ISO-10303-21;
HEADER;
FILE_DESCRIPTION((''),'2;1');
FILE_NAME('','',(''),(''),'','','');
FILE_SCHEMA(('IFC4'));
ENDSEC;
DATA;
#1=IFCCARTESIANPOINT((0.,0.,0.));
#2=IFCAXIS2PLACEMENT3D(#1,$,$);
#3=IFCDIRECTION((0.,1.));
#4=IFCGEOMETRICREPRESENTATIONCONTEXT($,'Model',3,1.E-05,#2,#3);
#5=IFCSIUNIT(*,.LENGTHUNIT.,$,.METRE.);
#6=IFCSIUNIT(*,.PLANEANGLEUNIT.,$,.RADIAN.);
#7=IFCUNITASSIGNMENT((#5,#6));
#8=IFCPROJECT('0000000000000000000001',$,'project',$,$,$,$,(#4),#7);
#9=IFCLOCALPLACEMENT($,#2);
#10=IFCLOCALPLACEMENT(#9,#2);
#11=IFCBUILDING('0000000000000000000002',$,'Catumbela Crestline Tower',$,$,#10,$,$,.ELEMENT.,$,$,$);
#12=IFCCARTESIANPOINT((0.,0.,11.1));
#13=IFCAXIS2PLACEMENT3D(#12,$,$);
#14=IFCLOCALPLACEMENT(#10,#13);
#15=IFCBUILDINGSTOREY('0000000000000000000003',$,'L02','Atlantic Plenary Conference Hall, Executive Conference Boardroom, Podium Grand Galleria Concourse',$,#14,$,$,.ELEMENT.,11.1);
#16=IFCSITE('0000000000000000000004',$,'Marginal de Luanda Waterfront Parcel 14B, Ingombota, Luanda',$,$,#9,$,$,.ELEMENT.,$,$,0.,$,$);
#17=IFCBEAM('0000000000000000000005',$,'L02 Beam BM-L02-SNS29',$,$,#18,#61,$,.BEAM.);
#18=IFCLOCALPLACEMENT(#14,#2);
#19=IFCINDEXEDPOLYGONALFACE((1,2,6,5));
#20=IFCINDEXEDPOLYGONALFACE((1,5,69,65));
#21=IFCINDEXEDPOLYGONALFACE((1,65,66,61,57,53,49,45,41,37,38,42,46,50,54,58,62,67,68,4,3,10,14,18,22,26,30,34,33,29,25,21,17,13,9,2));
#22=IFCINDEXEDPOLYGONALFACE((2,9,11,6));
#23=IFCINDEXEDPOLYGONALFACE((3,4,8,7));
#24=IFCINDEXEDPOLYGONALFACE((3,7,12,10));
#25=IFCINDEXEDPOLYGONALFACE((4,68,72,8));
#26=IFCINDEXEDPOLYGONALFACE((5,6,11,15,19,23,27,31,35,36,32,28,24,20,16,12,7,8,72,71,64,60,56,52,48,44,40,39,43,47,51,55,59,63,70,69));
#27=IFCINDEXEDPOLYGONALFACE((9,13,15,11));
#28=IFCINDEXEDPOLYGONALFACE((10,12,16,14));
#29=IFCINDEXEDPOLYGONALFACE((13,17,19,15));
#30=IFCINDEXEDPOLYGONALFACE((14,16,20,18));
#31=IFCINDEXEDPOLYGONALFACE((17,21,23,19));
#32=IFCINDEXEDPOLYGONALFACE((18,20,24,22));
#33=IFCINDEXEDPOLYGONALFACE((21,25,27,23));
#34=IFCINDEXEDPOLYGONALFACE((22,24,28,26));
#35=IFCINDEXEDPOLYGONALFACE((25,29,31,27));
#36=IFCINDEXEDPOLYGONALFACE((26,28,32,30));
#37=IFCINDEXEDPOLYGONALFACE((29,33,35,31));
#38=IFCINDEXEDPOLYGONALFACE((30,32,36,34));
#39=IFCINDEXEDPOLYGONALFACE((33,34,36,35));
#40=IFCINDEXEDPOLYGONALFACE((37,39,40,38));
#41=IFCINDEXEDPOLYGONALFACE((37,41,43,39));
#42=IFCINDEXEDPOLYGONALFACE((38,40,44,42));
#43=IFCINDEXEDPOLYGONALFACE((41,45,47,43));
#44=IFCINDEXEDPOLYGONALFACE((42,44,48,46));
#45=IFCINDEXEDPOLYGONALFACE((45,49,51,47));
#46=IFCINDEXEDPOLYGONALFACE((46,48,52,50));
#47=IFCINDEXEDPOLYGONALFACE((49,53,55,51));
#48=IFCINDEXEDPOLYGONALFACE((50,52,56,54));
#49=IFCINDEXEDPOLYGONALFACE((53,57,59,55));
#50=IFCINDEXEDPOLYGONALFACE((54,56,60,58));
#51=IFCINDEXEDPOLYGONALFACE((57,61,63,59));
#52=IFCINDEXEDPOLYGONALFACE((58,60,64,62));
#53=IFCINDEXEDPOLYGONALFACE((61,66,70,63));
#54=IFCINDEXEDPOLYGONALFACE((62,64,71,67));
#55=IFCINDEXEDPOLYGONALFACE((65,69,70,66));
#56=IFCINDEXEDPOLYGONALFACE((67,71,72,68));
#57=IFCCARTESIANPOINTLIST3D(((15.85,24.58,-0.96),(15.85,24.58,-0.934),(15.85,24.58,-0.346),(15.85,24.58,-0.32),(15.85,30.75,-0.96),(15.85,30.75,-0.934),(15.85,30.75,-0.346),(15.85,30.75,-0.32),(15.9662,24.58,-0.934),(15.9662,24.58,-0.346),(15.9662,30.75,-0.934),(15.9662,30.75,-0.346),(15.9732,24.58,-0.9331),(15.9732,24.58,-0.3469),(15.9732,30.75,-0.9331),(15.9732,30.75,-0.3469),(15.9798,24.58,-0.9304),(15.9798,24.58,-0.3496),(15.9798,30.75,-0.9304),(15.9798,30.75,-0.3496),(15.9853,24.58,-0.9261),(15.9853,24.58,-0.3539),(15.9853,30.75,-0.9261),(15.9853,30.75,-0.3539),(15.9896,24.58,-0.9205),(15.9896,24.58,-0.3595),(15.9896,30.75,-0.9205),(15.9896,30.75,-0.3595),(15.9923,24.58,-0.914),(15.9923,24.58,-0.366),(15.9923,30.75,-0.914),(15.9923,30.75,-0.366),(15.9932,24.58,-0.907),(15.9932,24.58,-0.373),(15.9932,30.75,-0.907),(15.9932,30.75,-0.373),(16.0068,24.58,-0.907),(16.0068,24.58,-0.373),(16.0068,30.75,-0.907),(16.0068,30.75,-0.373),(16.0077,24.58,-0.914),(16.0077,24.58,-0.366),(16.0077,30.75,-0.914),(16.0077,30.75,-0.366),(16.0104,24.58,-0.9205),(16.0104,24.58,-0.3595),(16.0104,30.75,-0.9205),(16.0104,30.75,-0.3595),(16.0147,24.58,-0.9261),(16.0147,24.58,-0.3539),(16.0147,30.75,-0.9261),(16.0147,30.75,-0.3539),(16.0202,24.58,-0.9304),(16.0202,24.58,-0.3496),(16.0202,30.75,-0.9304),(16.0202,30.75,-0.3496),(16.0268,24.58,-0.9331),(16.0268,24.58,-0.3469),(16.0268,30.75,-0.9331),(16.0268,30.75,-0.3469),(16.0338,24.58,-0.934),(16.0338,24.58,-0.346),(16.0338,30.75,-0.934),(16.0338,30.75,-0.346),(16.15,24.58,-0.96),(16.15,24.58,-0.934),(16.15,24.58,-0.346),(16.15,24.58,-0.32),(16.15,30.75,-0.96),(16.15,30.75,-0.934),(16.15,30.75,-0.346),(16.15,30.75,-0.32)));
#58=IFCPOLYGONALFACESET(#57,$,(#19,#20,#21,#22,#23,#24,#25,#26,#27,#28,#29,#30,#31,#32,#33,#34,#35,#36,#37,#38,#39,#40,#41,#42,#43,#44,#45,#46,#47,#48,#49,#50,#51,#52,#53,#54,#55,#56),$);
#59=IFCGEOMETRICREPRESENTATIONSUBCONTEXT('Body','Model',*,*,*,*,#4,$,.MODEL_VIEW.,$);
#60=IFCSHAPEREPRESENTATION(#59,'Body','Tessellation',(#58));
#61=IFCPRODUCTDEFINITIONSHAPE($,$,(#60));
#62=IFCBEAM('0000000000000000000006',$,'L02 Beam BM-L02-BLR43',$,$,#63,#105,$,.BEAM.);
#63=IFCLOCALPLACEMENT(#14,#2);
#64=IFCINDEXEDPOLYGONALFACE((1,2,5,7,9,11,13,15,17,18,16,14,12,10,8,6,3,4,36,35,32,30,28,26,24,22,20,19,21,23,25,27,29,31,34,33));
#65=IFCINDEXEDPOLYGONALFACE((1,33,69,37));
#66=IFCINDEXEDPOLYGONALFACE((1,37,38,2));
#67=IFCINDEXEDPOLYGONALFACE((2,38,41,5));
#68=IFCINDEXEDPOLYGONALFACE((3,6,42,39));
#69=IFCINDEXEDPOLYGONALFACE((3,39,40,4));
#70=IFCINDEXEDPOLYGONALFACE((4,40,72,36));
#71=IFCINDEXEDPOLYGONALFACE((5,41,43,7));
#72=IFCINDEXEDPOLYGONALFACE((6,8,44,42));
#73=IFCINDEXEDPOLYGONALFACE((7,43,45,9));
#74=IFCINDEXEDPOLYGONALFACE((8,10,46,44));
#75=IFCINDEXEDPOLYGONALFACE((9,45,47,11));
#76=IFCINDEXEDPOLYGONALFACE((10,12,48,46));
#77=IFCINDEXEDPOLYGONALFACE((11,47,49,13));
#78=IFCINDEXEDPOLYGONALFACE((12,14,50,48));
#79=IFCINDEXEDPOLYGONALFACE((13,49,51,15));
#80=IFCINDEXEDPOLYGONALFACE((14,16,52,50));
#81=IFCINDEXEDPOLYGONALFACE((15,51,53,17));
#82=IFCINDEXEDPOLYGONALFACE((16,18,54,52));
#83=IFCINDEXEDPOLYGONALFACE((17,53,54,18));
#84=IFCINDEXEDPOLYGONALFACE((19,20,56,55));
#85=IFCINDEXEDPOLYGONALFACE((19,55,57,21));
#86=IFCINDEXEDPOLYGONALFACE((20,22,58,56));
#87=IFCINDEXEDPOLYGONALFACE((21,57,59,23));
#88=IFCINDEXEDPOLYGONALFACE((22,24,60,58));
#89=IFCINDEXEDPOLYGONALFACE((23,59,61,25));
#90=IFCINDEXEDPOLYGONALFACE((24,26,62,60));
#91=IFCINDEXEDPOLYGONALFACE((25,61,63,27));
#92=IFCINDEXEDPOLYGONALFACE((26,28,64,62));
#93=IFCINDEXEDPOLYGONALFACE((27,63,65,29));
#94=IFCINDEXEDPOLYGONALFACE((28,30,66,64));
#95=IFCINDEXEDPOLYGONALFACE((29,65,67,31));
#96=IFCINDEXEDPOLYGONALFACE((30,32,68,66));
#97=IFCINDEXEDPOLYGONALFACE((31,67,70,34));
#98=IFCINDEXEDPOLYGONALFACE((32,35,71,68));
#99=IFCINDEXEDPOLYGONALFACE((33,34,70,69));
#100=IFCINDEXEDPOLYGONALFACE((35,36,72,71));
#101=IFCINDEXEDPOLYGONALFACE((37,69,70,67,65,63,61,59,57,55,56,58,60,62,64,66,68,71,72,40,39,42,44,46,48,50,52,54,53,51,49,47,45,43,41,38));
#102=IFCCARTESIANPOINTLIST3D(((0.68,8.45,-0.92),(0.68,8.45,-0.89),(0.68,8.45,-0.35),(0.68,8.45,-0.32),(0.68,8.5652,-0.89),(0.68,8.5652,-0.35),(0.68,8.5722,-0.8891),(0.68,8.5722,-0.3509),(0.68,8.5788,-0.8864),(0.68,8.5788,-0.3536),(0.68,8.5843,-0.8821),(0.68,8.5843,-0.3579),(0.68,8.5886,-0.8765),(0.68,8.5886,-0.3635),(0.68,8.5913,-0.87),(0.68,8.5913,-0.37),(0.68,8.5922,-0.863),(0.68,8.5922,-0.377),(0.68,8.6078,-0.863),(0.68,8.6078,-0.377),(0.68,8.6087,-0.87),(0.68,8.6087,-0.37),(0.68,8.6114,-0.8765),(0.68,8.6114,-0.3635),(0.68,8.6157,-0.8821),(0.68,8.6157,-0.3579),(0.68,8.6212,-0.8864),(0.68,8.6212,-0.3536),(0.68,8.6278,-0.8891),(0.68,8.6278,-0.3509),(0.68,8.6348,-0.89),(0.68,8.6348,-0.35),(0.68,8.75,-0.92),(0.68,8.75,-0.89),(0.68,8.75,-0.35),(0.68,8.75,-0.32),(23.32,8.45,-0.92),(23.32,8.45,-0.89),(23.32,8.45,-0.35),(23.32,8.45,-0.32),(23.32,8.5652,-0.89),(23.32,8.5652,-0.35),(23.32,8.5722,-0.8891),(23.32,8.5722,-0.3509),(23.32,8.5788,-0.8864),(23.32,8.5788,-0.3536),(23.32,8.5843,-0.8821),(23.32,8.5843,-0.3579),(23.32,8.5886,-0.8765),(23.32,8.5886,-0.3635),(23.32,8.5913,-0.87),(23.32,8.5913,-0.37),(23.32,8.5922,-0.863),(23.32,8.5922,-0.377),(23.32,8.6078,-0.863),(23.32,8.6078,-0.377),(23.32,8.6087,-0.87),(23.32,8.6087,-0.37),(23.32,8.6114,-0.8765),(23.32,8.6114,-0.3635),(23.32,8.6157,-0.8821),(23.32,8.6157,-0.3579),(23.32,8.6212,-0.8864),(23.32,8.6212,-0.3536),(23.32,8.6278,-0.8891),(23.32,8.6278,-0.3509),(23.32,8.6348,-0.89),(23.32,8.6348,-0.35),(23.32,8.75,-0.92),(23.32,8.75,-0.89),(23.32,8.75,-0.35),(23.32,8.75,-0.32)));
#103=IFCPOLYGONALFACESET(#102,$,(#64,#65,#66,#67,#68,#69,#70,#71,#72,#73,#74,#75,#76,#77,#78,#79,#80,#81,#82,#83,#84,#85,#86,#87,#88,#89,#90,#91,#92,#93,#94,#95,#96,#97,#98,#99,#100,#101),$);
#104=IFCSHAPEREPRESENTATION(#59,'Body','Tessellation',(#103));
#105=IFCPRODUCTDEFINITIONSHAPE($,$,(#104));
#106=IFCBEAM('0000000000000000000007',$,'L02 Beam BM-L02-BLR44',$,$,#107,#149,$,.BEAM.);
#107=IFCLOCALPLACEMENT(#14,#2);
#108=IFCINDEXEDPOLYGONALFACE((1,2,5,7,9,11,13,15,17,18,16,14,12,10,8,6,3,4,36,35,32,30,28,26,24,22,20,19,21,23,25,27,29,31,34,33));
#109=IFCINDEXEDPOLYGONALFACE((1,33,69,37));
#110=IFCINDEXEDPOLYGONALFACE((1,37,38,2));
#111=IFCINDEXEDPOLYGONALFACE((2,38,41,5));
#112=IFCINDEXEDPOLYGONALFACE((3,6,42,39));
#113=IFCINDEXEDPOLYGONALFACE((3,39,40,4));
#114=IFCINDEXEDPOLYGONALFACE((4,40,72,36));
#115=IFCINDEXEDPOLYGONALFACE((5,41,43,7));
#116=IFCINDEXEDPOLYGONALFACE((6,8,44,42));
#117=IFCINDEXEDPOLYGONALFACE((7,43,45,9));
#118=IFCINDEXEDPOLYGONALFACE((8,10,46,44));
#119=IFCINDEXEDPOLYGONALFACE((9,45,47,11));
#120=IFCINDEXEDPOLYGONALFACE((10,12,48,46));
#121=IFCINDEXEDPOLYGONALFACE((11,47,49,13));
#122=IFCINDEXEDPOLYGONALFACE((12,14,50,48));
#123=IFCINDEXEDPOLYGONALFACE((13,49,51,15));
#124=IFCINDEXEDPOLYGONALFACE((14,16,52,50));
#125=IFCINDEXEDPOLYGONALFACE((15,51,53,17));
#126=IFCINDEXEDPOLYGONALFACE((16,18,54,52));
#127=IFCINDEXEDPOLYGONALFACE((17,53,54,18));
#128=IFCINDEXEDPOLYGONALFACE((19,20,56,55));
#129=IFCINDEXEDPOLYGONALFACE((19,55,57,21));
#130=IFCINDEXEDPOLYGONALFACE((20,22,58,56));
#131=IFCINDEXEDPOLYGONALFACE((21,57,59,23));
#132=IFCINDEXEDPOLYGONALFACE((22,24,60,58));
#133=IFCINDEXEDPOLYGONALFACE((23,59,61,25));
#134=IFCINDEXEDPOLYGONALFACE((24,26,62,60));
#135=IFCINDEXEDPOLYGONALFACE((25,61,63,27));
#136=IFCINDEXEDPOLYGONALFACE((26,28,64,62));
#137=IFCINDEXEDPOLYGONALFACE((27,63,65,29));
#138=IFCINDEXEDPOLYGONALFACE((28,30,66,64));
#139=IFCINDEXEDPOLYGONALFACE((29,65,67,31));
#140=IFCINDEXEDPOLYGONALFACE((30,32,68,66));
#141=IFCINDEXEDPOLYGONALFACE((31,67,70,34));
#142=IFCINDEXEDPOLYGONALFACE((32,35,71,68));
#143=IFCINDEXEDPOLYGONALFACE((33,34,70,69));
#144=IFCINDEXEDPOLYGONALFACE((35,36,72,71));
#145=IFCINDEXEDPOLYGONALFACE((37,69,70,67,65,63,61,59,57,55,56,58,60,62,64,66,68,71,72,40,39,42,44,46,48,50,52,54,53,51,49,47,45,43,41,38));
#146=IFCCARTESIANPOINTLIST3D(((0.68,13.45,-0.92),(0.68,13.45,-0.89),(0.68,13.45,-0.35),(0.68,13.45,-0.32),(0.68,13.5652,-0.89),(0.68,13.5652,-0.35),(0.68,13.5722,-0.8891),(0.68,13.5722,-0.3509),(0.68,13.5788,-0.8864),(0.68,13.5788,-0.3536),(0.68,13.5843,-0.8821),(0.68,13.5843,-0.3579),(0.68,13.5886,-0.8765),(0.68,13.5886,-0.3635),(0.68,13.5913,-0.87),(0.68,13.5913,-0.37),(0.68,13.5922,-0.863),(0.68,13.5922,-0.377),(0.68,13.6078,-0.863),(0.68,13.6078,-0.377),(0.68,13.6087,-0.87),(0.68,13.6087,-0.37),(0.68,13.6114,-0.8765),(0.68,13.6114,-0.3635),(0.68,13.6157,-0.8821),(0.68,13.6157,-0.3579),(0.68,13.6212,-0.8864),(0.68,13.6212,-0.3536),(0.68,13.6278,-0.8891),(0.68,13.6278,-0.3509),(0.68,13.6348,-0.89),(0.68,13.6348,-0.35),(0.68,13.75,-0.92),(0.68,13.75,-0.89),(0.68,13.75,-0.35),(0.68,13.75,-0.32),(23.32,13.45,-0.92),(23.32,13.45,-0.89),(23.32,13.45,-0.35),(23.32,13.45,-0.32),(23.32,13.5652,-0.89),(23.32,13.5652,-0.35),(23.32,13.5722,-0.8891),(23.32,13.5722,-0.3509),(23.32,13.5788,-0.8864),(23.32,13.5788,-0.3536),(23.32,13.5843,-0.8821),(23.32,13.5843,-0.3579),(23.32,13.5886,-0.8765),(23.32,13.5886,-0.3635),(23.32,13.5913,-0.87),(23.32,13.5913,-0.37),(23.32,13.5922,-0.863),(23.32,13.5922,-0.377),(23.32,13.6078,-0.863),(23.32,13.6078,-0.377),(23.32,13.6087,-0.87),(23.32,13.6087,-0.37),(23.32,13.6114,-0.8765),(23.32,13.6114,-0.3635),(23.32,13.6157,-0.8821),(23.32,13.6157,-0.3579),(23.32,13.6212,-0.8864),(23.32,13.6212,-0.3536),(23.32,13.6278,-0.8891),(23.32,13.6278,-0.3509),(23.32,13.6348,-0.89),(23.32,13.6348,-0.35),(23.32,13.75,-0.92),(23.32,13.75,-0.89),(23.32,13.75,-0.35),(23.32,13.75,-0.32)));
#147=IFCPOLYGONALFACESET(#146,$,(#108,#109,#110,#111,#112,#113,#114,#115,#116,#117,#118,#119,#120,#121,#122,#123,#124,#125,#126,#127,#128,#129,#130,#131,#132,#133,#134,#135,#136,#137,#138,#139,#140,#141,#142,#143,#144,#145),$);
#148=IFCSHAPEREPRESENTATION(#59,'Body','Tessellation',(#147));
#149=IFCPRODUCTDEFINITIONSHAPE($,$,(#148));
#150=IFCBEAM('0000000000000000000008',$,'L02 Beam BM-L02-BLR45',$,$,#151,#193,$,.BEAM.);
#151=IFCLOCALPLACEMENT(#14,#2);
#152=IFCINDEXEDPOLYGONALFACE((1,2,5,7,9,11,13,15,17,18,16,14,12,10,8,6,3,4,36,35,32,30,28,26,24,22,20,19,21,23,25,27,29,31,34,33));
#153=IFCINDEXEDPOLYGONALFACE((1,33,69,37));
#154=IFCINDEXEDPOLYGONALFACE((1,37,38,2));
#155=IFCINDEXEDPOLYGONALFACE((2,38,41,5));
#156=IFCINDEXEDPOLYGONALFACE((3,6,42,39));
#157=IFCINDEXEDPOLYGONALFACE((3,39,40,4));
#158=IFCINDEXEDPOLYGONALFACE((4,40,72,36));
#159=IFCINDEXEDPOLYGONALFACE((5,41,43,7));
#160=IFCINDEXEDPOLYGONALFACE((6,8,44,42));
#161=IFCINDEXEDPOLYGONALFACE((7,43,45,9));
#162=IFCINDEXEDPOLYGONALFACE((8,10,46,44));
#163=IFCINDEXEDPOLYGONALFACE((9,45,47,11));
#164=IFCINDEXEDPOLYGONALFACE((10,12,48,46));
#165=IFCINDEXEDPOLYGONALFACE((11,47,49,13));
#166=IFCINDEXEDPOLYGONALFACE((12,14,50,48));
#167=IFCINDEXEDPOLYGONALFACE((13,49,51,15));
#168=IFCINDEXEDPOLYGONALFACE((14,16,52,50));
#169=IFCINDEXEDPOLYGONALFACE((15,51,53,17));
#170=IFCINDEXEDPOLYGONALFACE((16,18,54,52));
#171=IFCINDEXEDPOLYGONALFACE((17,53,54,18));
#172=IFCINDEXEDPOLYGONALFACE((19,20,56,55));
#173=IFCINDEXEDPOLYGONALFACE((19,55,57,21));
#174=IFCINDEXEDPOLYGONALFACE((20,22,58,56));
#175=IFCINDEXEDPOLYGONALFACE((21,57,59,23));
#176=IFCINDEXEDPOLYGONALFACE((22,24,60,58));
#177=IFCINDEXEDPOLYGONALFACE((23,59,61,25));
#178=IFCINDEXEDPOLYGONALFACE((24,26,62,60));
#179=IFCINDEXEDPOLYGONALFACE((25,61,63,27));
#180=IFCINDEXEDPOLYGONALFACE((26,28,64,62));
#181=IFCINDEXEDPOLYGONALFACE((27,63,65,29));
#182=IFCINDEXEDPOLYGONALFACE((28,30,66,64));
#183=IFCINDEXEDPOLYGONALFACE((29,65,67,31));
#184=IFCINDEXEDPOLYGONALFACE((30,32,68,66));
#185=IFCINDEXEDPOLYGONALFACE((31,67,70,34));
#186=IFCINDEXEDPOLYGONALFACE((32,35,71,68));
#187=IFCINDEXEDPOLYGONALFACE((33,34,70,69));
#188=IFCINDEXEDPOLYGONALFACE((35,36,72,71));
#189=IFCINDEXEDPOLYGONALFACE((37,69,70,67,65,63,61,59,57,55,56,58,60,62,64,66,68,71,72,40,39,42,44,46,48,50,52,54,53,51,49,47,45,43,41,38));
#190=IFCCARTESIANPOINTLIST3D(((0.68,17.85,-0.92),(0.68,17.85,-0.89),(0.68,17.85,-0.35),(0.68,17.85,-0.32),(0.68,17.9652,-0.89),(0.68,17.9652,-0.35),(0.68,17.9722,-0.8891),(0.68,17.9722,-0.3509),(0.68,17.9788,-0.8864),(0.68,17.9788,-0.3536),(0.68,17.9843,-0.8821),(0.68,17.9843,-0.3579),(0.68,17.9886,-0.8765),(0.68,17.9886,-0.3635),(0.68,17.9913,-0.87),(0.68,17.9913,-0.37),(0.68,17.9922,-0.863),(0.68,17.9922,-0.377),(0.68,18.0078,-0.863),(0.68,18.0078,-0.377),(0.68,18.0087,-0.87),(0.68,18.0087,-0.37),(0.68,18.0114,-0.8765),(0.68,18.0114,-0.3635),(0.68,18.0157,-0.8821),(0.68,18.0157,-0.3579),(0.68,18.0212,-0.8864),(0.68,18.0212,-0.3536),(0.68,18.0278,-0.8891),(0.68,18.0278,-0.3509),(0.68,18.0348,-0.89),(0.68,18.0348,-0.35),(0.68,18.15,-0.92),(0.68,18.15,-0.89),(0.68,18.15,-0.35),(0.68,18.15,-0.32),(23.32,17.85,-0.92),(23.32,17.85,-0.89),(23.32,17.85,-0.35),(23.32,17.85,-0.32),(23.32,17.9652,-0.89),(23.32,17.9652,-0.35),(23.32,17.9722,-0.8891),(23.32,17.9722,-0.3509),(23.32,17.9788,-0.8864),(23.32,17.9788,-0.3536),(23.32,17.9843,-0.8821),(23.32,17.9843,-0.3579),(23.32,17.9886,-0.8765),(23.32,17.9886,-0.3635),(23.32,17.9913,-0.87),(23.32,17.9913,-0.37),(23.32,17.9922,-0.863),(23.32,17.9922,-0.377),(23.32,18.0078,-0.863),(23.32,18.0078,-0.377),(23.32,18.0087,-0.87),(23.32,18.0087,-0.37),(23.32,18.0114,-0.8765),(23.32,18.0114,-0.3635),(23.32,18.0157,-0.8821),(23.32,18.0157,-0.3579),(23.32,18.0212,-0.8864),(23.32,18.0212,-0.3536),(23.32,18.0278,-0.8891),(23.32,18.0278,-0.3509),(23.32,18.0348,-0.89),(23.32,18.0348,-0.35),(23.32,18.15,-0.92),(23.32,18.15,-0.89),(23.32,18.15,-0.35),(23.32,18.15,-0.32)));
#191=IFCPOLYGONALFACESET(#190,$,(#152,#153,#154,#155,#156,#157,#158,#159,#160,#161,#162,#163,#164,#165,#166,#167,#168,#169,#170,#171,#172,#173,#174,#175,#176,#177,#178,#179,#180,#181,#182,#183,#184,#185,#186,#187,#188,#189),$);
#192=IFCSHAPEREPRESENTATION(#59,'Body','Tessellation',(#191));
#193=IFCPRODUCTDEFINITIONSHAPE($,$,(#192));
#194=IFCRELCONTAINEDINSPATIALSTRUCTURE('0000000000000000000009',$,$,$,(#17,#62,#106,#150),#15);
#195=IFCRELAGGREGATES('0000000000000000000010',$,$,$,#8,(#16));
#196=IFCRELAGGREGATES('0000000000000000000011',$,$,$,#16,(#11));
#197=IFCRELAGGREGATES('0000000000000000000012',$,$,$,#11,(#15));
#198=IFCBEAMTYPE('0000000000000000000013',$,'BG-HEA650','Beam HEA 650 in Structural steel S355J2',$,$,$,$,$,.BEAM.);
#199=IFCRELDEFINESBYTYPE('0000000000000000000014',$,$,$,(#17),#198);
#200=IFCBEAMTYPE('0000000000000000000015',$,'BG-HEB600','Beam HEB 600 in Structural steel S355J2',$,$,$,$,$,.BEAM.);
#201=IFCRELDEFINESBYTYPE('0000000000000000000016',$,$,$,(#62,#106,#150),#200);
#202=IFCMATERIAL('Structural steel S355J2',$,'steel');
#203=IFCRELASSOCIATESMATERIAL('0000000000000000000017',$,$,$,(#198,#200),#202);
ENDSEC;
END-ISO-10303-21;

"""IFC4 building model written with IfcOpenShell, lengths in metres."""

from ifc_helpers import new_model, si_unit, direction, frame, origin, origin_2d, place, context, subcontext, project, spatial, i_section, extrude, material, material_profile, profile_set, type_object, element, save


model = new_model("IFC4")

# Units and contexts
model_context = context("Model", 3, precision=1e-05, world=origin(), true_north=direction((0.0, 1.0)))
body_context = subcontext(model_context, "Body", "Model", "MODEL_VIEW")
ifc_project = project(units=[si_unit("LENGTHUNIT", "METRE"), si_unit("PLANEANGLEUNIT", "RADIAN")], contexts=[model_context])

# Site, building, storey
site_placement = place(None, origin())
site = spatial("IfcSite", under=ifc_project, at=site_placement, Name="Marginal de Luanda Waterfront Parcel 14B, Ingombota, Luanda", CompositionType="ELEMENT", RefElevation=0.0)
building_placement = place(site_placement, origin())
building = spatial("IfcBuilding", under=site, at=building_placement, Name="Catumbela Crestline Tower", CompositionType="ELEMENT")
storey_placement = place(building_placement, frame((0.0, 0.0, 11.1)))
storey = spatial("IfcBuildingStorey", under=building, at=storey_placement, Name="L02", Description="Atlantic Plenary Conference Hall, Executive Conference Boardroom, Podium Grand Galleria Concourse", CompositionType="ELEMENT", Elevation=11.1)

# Beams
ifc_material_1 = material(Name="Structural steel S355J2", Category="steel")
ifc_material_profile_1 = material_profile(ifc_material_1, i_section(OverallWidth=0.3, OverallDepth=0.64, WebThickness=0.0135, FlangeThickness=0.026, FilletRadius=0.027, at=origin_2d()), Name="HEA 650")
ifc_profile_set_1 = profile_set([ifc_material_profile_1], Name="Structural steel S355J2")
beam_type_1 = type_object("IfcBeamType", Name="BG-HEA650", Description="Beam HEA 650 in Structural steel S355J2", PredefinedType="BEAM", material=ifc_profile_set_1)
beam_1_placement = place(storey_placement, frame((16.0, 24.58, -0.64), z_axis=(0.0, 1.0, 0.0), x_axis=(-1.0, 0.0, 0.0)))
element("IfcBeam", 1, at=beam_1_placement, inside=storey, type_object=beam_type_1, Name="L02 Beam BM-L02-SNS29", PredefinedType="BEAM", context=body_context, shape_type="SweptSolid", body=[
    extrude(i_section(OverallWidth=0.3, OverallDepth=0.64, WebThickness=0.0135, FlangeThickness=0.026, FilletRadius=0.027, at=origin_2d()), origin(), (0.0, 0.0, 1.0), 6.17),
])
ifc_material_profile_2 = material_profile(ifc_material_1, i_section(OverallWidth=0.3, OverallDepth=0.6, WebThickness=0.0155, FlangeThickness=0.03, FilletRadius=0.027, at=origin_2d()), Name="HEB 600")
ifc_profile_set_2 = profile_set([ifc_material_profile_2], Name="Structural steel S355J2")
beam_type_2 = type_object("IfcBeamType", Name="BG-HEB600", Description="Beam HEB 600 in Structural steel S355J2", PredefinedType="BEAM", material=ifc_profile_set_2)
for number, where, z_axis, x_axis, name in (
    (2, (0.68, 8.6, -0.62), (1.0, 0.0, 0.0), (0.0, 1.0, 0.0), "L02 Beam BM-L02-BLR43"),
    (3, (0.68, 13.6, -0.62), (1.0, 0.0, 0.0), (0.0, 1.0, 0.0), "L02 Beam BM-L02-BLR44"),
    (4, (0.68, 18.0, -0.62), (1.0, 0.0, 0.0), (0.0, 1.0, 0.0), "L02 Beam BM-L02-BLR45"),
):
    element("IfcBeam", number, at=place(storey_placement, frame(where, z_axis=z_axis, x_axis=x_axis)), inside=storey, type_object=beam_type_2, Name=name, PredefinedType="BEAM", context=body_context, shape_type="SweptSolid", body=[
        extrude(i_section(OverallWidth=0.3, OverallDepth=0.6, WebThickness=0.0155, FlangeThickness=0.03, FilletRadius=0.027, at=origin_2d()), origin(), (0.0, 0.0, 1.0), 22.64),
    ])

save(model, "model.ifc")
